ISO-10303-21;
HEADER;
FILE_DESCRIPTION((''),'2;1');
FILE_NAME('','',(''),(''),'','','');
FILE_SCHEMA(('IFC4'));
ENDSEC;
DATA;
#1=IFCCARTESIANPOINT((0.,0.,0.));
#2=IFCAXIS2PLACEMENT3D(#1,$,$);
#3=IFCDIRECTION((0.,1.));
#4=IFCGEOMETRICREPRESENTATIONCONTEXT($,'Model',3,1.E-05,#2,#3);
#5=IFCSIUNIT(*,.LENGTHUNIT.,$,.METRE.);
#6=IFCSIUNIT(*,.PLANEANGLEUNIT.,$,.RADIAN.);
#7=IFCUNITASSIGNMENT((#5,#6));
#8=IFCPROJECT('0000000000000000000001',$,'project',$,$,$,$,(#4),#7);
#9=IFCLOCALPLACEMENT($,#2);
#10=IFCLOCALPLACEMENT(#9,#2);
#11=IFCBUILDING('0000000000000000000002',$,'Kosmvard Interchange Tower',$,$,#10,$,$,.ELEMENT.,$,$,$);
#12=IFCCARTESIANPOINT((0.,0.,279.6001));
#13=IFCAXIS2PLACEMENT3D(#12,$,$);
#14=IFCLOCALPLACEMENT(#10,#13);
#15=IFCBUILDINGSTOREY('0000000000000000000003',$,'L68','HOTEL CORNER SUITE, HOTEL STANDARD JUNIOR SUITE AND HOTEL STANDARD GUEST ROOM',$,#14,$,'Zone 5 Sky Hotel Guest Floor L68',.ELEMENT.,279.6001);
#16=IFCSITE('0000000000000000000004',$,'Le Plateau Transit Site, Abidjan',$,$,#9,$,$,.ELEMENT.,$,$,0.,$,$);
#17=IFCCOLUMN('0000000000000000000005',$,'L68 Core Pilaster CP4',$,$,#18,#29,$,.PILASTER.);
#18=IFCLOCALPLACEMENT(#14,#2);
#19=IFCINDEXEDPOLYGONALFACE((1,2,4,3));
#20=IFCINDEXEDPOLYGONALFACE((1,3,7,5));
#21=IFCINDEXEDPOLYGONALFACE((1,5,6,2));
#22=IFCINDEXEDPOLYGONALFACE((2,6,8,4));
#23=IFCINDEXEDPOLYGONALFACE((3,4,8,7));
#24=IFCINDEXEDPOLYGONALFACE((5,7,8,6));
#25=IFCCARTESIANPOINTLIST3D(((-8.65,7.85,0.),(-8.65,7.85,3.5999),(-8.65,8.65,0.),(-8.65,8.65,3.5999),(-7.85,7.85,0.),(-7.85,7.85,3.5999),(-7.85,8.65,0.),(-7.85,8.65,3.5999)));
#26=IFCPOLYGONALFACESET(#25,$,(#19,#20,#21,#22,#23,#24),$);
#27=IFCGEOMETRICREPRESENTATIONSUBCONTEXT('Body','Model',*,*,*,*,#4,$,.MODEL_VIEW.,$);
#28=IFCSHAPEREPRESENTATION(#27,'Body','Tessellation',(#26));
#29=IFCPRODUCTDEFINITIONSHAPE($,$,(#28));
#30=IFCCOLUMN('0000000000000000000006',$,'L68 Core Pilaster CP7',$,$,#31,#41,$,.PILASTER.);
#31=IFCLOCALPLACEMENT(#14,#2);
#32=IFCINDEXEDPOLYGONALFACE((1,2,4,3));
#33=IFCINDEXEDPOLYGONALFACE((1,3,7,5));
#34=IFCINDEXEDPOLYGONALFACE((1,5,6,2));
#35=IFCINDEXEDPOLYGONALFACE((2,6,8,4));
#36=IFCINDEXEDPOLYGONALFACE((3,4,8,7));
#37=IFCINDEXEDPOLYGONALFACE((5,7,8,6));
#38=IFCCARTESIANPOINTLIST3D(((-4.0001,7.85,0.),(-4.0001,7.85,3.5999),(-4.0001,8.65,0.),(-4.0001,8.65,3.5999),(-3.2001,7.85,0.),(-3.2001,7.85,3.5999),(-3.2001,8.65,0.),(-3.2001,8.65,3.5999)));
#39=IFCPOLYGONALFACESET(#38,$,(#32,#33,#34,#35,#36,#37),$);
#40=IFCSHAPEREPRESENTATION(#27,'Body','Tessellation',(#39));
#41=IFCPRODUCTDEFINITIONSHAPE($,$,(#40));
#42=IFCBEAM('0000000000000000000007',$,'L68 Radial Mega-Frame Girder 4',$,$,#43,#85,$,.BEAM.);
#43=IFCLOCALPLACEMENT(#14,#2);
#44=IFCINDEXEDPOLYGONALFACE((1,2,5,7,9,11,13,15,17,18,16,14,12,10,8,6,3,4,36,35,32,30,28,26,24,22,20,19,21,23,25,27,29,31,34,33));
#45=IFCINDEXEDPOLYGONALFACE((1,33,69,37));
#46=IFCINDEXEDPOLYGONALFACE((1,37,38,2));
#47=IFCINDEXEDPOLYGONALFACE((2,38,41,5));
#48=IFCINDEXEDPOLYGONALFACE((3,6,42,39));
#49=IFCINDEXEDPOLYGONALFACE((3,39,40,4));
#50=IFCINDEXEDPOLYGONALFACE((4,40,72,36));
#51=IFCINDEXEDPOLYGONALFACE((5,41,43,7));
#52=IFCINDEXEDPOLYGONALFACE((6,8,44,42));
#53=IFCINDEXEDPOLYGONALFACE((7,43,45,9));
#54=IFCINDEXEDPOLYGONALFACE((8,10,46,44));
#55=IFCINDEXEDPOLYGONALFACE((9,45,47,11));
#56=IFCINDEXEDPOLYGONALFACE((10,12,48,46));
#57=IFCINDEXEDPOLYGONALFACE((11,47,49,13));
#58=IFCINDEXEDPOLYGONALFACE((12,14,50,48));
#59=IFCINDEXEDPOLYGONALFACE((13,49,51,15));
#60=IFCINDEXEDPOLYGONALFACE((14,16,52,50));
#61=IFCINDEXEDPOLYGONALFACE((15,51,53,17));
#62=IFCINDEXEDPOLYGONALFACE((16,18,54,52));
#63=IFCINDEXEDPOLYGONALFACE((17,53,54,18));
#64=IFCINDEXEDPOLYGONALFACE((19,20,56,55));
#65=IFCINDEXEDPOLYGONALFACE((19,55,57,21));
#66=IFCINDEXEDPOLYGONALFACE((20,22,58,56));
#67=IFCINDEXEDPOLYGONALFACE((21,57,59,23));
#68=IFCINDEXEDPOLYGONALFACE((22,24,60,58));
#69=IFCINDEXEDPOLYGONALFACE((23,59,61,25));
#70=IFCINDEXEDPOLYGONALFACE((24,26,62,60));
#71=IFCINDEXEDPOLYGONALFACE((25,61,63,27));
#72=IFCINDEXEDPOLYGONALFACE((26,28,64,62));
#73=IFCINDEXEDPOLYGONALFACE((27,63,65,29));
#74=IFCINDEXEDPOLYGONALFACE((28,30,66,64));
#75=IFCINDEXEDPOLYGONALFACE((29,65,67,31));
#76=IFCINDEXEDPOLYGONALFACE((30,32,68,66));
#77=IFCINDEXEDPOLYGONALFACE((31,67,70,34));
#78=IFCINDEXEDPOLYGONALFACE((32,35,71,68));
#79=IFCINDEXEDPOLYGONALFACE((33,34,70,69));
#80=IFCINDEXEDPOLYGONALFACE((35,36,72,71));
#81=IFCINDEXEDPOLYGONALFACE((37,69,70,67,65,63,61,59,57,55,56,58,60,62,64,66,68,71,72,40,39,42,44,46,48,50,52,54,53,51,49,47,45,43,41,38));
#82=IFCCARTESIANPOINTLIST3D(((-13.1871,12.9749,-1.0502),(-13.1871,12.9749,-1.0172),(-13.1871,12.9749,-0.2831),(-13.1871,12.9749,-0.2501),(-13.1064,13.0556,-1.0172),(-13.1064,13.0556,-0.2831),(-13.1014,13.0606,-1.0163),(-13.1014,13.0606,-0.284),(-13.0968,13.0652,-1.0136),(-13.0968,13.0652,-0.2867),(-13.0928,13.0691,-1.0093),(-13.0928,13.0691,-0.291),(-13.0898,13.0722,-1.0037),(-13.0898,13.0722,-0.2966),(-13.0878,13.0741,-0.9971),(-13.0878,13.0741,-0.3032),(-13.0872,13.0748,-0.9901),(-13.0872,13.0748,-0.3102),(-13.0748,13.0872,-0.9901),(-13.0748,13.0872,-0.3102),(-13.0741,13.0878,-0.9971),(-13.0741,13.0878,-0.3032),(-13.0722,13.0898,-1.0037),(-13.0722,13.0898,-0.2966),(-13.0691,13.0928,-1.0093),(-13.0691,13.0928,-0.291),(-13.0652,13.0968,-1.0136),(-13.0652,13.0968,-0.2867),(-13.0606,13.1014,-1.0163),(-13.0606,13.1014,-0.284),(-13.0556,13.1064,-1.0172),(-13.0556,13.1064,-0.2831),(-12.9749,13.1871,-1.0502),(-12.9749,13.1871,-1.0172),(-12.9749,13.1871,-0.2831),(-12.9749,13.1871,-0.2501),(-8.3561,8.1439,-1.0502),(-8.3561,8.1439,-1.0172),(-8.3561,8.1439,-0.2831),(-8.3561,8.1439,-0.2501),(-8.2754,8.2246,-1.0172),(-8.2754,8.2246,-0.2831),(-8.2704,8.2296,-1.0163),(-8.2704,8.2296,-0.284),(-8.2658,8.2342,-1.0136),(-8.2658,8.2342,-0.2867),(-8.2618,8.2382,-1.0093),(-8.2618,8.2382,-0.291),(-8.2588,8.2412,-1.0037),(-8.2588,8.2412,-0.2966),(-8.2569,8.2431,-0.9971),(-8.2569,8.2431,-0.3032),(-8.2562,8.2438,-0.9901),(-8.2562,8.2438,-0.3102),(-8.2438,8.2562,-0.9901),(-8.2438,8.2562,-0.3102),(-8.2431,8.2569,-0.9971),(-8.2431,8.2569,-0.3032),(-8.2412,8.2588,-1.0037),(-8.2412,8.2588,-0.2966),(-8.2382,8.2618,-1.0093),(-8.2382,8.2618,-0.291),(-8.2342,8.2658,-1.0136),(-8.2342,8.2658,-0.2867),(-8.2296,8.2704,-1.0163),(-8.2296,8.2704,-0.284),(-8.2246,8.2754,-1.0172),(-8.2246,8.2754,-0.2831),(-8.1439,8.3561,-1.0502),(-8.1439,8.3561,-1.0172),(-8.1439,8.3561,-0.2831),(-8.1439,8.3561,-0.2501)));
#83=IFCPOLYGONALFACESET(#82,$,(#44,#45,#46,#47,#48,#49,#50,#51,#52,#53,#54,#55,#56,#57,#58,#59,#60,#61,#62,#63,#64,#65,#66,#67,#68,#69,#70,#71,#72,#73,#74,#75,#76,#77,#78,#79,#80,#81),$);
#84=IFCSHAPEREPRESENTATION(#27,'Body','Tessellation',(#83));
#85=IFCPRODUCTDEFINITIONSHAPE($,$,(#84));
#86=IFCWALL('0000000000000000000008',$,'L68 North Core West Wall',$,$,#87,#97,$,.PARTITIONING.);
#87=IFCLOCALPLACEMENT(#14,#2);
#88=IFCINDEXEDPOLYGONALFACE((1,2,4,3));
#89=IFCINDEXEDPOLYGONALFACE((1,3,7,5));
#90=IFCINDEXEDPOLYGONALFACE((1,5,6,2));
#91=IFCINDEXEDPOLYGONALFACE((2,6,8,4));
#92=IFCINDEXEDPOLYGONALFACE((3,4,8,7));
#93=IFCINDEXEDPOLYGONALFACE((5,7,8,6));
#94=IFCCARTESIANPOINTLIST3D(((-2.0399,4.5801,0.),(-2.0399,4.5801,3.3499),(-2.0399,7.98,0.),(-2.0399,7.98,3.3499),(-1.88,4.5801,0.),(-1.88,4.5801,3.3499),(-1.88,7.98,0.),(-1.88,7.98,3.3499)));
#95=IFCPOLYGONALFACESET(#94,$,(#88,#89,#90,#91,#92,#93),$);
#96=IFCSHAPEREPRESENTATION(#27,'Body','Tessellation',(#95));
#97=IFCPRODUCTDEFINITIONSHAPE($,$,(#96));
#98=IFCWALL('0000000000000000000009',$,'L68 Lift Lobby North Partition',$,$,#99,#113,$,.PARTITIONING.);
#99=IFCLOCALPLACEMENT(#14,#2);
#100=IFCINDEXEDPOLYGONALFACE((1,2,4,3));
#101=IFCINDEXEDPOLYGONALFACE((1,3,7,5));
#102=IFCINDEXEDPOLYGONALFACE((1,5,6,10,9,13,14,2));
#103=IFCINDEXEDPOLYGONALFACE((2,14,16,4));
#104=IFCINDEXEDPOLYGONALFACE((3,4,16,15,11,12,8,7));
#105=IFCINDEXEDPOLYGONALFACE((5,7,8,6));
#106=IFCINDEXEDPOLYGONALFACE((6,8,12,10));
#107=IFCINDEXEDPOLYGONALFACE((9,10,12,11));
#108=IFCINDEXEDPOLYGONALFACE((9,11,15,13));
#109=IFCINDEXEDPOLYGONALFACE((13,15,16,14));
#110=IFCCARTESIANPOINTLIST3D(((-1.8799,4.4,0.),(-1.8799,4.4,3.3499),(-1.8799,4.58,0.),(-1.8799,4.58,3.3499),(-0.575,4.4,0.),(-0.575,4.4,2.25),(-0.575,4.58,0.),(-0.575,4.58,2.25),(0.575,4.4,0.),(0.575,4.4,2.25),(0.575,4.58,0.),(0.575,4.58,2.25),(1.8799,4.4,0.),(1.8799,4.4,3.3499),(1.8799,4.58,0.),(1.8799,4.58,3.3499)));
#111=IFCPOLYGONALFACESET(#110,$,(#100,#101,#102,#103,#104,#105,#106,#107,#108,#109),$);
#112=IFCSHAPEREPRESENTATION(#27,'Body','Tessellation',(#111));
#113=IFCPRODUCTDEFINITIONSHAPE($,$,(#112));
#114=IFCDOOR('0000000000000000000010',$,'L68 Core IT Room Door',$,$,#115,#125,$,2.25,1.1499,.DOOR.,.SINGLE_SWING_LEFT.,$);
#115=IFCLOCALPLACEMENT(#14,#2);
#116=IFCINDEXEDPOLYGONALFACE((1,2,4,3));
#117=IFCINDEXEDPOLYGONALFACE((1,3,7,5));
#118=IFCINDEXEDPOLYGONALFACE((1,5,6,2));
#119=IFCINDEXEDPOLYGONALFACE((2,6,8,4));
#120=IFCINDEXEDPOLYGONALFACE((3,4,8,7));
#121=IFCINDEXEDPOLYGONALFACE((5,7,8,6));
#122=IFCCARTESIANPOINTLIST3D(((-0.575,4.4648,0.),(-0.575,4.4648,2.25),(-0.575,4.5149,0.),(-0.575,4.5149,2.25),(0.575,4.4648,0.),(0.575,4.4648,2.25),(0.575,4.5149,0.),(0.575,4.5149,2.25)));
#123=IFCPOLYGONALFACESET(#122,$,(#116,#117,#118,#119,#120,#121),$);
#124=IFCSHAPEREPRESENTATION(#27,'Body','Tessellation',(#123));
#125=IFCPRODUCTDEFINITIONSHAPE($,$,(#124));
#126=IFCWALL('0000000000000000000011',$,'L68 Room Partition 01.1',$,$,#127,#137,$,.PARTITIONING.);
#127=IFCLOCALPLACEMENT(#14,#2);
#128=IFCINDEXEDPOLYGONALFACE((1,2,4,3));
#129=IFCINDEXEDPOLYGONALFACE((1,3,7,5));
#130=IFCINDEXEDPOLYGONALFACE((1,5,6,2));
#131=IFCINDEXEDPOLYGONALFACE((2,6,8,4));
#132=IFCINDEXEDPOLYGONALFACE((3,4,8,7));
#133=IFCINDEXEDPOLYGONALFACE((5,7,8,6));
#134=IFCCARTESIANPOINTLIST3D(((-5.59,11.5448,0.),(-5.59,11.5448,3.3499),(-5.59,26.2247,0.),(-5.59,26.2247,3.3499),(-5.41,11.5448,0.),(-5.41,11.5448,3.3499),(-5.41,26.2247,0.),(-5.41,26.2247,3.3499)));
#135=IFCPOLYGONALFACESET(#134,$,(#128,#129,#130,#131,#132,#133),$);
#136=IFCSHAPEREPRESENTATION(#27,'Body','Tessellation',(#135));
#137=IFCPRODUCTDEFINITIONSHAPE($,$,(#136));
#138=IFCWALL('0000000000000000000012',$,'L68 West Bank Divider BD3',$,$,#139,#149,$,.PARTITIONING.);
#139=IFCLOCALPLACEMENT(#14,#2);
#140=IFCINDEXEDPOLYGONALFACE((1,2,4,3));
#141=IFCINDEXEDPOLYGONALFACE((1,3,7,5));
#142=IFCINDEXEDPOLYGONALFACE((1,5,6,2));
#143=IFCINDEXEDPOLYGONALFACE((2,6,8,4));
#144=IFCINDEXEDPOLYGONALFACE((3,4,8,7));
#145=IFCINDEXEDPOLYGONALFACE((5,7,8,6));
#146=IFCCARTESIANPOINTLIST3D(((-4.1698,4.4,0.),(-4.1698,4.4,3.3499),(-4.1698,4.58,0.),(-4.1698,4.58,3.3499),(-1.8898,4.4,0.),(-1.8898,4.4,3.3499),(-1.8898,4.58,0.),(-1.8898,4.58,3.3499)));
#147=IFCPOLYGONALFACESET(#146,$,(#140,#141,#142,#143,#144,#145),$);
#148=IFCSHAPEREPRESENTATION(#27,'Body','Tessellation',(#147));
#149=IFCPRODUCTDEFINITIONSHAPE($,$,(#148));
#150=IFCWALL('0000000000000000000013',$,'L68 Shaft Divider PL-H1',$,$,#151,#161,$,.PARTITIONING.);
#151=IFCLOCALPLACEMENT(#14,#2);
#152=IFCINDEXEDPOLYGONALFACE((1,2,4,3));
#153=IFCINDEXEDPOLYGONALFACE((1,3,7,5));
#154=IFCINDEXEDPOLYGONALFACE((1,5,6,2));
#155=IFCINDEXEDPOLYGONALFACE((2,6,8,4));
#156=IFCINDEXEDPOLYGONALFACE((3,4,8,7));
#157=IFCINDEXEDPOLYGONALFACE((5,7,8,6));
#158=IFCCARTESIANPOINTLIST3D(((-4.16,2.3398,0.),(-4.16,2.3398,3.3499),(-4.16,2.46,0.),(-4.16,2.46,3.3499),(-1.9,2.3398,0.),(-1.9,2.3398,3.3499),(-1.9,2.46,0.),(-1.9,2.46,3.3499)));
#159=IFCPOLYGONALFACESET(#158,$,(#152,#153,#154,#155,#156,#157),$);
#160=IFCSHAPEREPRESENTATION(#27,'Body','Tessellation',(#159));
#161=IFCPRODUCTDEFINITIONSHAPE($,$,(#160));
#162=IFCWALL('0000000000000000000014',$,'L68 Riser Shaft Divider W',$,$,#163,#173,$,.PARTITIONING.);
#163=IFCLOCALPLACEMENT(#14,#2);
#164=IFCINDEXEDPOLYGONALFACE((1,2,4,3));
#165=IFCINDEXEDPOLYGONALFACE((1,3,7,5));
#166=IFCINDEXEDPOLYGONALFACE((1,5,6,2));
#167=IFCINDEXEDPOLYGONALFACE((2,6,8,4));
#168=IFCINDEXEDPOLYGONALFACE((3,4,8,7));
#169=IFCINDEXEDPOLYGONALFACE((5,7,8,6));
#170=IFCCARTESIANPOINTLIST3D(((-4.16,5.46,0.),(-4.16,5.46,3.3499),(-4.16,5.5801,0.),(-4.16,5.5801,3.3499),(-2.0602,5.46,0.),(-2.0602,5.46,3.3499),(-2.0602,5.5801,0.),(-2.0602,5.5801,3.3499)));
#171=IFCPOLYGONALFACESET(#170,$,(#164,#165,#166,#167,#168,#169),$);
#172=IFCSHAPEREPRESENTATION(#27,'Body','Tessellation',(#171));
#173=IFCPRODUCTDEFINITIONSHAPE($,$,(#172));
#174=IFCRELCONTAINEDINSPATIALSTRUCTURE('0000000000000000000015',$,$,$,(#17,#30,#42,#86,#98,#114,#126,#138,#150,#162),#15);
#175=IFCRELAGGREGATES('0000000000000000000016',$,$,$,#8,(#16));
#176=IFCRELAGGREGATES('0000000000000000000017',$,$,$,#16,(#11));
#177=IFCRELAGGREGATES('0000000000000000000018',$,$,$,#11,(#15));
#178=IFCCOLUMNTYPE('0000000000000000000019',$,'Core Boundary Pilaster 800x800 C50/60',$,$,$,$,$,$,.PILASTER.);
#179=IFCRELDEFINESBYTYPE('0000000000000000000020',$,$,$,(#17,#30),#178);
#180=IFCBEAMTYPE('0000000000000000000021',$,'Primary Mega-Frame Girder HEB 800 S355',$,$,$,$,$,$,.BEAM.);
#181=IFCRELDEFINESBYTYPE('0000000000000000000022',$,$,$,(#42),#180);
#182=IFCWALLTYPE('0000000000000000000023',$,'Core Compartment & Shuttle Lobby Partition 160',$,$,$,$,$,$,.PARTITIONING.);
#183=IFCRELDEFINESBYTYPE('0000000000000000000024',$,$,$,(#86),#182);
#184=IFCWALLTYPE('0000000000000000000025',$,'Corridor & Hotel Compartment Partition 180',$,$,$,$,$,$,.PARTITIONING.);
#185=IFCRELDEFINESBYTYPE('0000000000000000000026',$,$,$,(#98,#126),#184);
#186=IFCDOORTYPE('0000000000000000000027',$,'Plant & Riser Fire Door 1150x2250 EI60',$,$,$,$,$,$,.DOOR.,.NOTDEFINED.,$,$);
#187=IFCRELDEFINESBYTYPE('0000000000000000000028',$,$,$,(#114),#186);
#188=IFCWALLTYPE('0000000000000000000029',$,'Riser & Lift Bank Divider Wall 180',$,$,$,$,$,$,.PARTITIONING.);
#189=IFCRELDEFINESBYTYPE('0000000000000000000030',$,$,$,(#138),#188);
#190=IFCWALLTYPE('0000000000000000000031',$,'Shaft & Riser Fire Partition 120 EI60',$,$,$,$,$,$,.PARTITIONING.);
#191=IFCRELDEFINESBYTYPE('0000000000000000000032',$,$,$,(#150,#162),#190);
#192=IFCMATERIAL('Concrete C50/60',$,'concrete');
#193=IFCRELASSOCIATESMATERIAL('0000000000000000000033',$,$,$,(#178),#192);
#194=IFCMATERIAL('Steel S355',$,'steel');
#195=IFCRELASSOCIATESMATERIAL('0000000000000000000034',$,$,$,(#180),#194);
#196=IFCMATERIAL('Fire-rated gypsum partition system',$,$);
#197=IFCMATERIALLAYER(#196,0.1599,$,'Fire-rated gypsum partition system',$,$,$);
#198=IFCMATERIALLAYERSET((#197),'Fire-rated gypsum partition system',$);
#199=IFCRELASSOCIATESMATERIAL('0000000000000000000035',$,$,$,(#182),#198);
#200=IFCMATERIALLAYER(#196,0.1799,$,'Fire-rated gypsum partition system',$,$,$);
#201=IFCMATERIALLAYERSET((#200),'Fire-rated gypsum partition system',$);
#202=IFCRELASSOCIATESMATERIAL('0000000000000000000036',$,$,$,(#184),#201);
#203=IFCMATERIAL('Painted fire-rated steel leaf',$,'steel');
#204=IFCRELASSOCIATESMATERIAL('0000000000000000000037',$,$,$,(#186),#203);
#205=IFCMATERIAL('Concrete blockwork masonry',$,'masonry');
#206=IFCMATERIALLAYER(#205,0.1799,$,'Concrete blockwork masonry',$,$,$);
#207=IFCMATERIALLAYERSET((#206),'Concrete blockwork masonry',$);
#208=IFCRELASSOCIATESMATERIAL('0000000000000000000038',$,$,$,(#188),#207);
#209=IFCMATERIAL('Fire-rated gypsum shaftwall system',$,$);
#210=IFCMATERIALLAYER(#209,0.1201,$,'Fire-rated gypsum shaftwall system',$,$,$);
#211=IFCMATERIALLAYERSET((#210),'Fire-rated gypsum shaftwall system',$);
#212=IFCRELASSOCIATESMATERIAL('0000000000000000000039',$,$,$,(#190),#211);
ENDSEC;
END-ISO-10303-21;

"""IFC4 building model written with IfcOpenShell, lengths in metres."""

from ifc_helpers import new_model, si_unit, direction, frame, frame_2d, origin, origin_2d, place, context, subcontext, project, spatial, rectangle, i_section, extrude, source, transform, mapped, material, layer, layer_set, material_profile, profile_set, type_object, element, fill, save


model = new_model("IFC4")

# Units and contexts
model_context = context("Model", 3, precision=1e-05, world=origin(), true_north=direction((0.0, 1.0)))
body_context = subcontext(model_context, "Body", "Model", "MODEL_VIEW")
ifc_project = project(units=[si_unit("LENGTHUNIT", "METRE"), si_unit("PLANEANGLEUNIT", "RADIAN")], contexts=[model_context])

# Site, building, storey
site_placement = place(None, origin())
site = spatial("IfcSite", under=ifc_project, at=site_placement, Name="Le Plateau Transit Site, Abidjan", CompositionType="ELEMENT", RefElevation=0.0)
building_placement = place(site_placement, origin())
building = spatial("IfcBuilding", under=site, at=building_placement, Name="Kosmvard Interchange Tower", CompositionType="ELEMENT")
storey_placement = place(building_placement, frame((0.0, 0.0, 279.6001)))
storey = spatial("IfcBuildingStorey", under=building, at=storey_placement, Name="L68", Description="HOTEL CORNER SUITE, HOTEL STANDARD JUNIOR SUITE AND HOTEL STANDARD GUEST ROOM", LongName="Zone 5 Sky Hotel Guest Floor L68", CompositionType="ELEMENT", Elevation=279.6001)

# Columns
ifc_material_1 = material(Name="Concrete C50/60", Category="concrete")
ifc_material_profile_1 = material_profile(ifc_material_1, rectangle(XDim=0.8, YDim=0.8, at=origin_2d()), Name="CP 800x800")
ifc_profile_set_1 = profile_set([ifc_material_profile_1], Name="Concrete C50/60")
column_type = type_object("IfcColumnType", Name="Core Boundary Pilaster 800x800 C50/60", PredefinedType="PILASTER", material=ifc_profile_set_1)
shared_shape_1 = source(origin(), body_context, "Body", "SweptSolid", [
    extrude(rectangle(XDim=0.8, YDim=0.8, at=origin_2d()), origin(), (0.0, 0.0, 1.0), 3.5999),
])
for number, where, z_axis, x_axis, name in (
    (1, (-8.25, 8.25, 0.0), (0.0, 0.0, 1.0), (1.0, 0.0, 0.0), "L68 Core Pilaster CP4"),
    (2, (-3.6001, 8.25, 0.0), (0.0, 0.0, 1.0), (1.0, 0.0, 0.0), "L68 Core Pilaster CP7"),
):
    element("IfcColumn", number, at=place(storey_placement, frame(where, z_axis=z_axis, x_axis=x_axis)), inside=storey, type_object=column_type, Name=name, PredefinedType="PILASTER", context=body_context, shape_type="MappedRepresentation", body=[
        mapped(shared_shape_1, transform((0.0, 0.0, 0.0), scale=1.0)),
    ])

# Beam
ifc_material_2 = material(Name="Steel S355", Category="steel")
ifc_material_profile_2 = material_profile(ifc_material_2, i_section(OverallWidth=0.3, OverallDepth=0.8, WebThickness=0.0176, FlangeThickness=0.033, FilletRadius=0.0271, at=origin_2d()), Name="HEB 800")
ifc_profile_set_2 = profile_set([ifc_material_profile_2], Name="Steel S355")
beam_type = type_object("IfcBeamType", Name="Primary Mega-Frame Girder HEB 800 S355", PredefinedType="BEAM", material=ifc_profile_set_2)
shared_shape_2 = source(origin(), body_context, "Body", "SweptSolid", [
    extrude(i_section(OverallWidth=0.3, OverallDepth=0.8, WebThickness=0.0176, FlangeThickness=0.033, FilletRadius=0.0271, at=origin_2d()), origin(), (0.0, 0.0, 1.0), 6.832),
])
beam_placement = place(storey_placement, frame((-8.25, 8.25, -0.6501), z_axis=(-0.707107, 0.707107, 0.0), x_axis=(-0.707107, -0.707107, 0.0)))
element("IfcBeam", 3, at=beam_placement, inside=storey, type_object=beam_type, Name="L68 Radial Mega-Frame Girder 4", PredefinedType="BEAM", context=body_context, shape_type="MappedRepresentation", body=[
    mapped(shared_shape_2, transform((0.0, 0.0, 0.0), scale=1.0)),
])

# Wall
ifc_material_3 = material(Name="Fire-rated gypsum partition system")
ifc_layer_1 = layer(ifc_material_3, 0.1599, Name="Fire-rated gypsum partition system")
ifc_layer_set_1 = layer_set([ifc_layer_1], Name="Fire-rated gypsum partition system")
wall_type_1 = type_object("IfcWallType", Name="Core Compartment & Shuttle Lobby Partition 160", PredefinedType="PARTITIONING", material=ifc_layer_set_1)
wall_1_placement = place(storey_placement, frame((-1.96, 4.5801, 0.0), z_axis=(0.0, 0.0, 1.0), x_axis=(0.0, 1.0, 0.0)))
element("IfcWall", 4, at=wall_1_placement, inside=storey, type_object=wall_type_1, Name="L68 North Core West Wall", PredefinedType="PARTITIONING", context=body_context, shape_type="SweptSolid", body=[
    extrude(rectangle(XDim=3.3999, YDim=0.1599, at=frame_2d((1.7, 0.0))), origin(), (0.0, 0.0, 1.0), 3.3499),
])

# Wall, opening, door
ifc_layer_2 = layer(ifc_material_3, 0.1799, Name="Fire-rated gypsum partition system")
ifc_layer_set_2 = layer_set([ifc_layer_2], Name="Fire-rated gypsum partition system")
wall_type_2 = type_object("IfcWallType", Name="Corridor & Hotel Compartment Partition 180", PredefinedType="PARTITIONING", material=ifc_layer_set_2)
wall_2_placement = place(storey_placement, frame((-1.8799, 4.49, 0.0), z_axis=(0.0, 0.0, 1.0), x_axis=(1.0, 0.0, 0.0)))
wall_2 = element("IfcWall", 5, at=wall_2_placement, inside=storey, type_object=wall_type_2, Name="L68 Lift Lobby North Partition", PredefinedType="PARTITIONING", context=body_context, shape_type="SweptSolid", body=[
    extrude(rectangle(XDim=3.7598, YDim=0.1799, at=frame_2d((1.8799, 0.0))), origin(), (0.0, 0.0, 1.0), 3.3499),
])
opening_1_placement = place(wall_2_placement, frame((1.3049, 0.0, 0.0)))
opening_1 = element("IfcOpeningElement", 6, at=opening_1_placement, cuts=wall_2, PredefinedType="OPENING", context=body_context, shape_type="SweptSolid", body=[
    extrude(rectangle(XDim=1.1499, YDim=2.25, at=frame_2d((0.575, 1.125))), frame((0.0, 0.1001, 0.0), z_axis=(0.0, -1.0, 0.0), x_axis=(1.0, 0.0, 0.0)), (0.0, 0.0, 1.0), 0.2),
])
ifc_material_4 = material(Name="Painted fire-rated steel leaf", Category="steel")
door_type_1 = type_object("IfcDoorType", Name="Plant & Riser Fire Door 1150x2250 EI60", OperationType="NOTDEFINED", PredefinedType="DOOR", material=ifc_material_4)
shared_shape_3 = source(origin(), body_context, "Body", "SweptSolid", [
    extrude(rectangle(XDim=1.1499, YDim=2.25, at=frame_2d((0.575, 1.125))), frame((0.0, 0.0249, 0.0), z_axis=(0.0, -1.0, 0.0), x_axis=(1.0, 0.0, 0.0)), (0.0, 0.0, 1.0), 0.05),
])
door_1_placement = place(opening_1_placement, origin())
door_1 = element("IfcDoor", 7, at=door_1_placement, inside=storey, type_object=door_type_1, Name="L68 Core IT Room Door", OperationType="SINGLE_SWING_LEFT", OverallHeight=2.25, OverallWidth=1.1499, PredefinedType="DOOR", context=body_context, shape_type="MappedRepresentation", body=[
    mapped(shared_shape_3, transform((0.0, 0.0, 0.0), scale=1.0)),
])
fill(opening_1, door_1)

# Walls
wall_3_placement = place(storey_placement, frame((-5.5, 11.5449, 0.0), z_axis=(0.0, 0.0, 1.0), x_axis=(0.0, 1.0, 0.0)))
element("IfcWall", 8, at=wall_3_placement, inside=storey, type_object=wall_type_2, Name="L68 Room Partition 01.1", PredefinedType="PARTITIONING", context=body_context, shape_type="SweptSolid", body=[
    extrude(rectangle(XDim=14.6799, YDim=0.1799, at=frame_2d((7.3398, 0.0))), origin(), (0.0, 0.0, 1.0), 3.3499),
])
ifc_material_5 = material(Name="Concrete blockwork masonry", Category="masonry")
ifc_layer_3 = layer(ifc_material_5, 0.1799, Name="Concrete blockwork masonry")
ifc_layer_set_3 = layer_set([ifc_layer_3], Name="Concrete blockwork masonry")
wall_type_3 = type_object("IfcWallType", Name="Riser & Lift Bank Divider Wall 180", PredefinedType="PARTITIONING", material=ifc_layer_set_3)
wall_4_placement = place(storey_placement, frame((-4.1699, 4.49, 0.0), z_axis=(0.0, 0.0, 1.0), x_axis=(1.0, 0.0, 0.0)))
element("IfcWall", 9, at=wall_4_placement, inside=storey, type_object=wall_type_3, Name="L68 West Bank Divider BD3", PredefinedType="PARTITIONING", context=body_context, shape_type="SweptSolid", body=[
    extrude(rectangle(XDim=2.28, YDim=0.1799, at=frame_2d((1.1401, 0.0))), origin(), (0.0, 0.0, 1.0), 3.3499),
])
ifc_material_6 = material(Name="Fire-rated gypsum shaftwall system")
ifc_layer_4 = layer(ifc_material_6, 0.1201, Name="Fire-rated gypsum shaftwall system")
ifc_layer_set_4 = layer_set([ifc_layer_4], Name="Fire-rated gypsum shaftwall system")
wall_type_4 = type_object("IfcWallType", Name="Shaft & Riser Fire Partition 120 EI60", PredefinedType="PARTITIONING", material=ifc_layer_set_4)
wall_5_placement = place(storey_placement, frame((-4.1599, 2.3999, 0.0), z_axis=(0.0, 0.0, 1.0), x_axis=(1.0, 0.0, 0.0)))
element("IfcWall", 10, at=wall_5_placement, inside=storey, type_object=wall_type_4, Name="L68 Shaft Divider PL-H1", PredefinedType="PARTITIONING", context=body_context, shape_type="SweptSolid", body=[
    extrude(rectangle(XDim=2.26, YDim=0.1201, at=frame_2d((1.1299, 0.0))), origin(), (0.0, 0.0, 1.0), 3.3499),
])
wall_6_placement = place(storey_placement, frame((-4.1599, 5.52, 0.0), z_axis=(0.0, 0.0, 1.0), x_axis=(1.0, 0.0, 0.0)))
element("IfcWall", 11, at=wall_6_placement, inside=storey, type_object=wall_type_4, Name="L68 Riser Shaft Divider W", PredefinedType="PARTITIONING", context=body_context, shape_type="SweptSolid", body=[
    extrude(rectangle(XDim=2.0999, YDim=0.1201, at=frame_2d((1.0498, 0.0))), origin(), (0.0, 0.0, 1.0), 3.3499),
])

save(model, "model.ifc")
